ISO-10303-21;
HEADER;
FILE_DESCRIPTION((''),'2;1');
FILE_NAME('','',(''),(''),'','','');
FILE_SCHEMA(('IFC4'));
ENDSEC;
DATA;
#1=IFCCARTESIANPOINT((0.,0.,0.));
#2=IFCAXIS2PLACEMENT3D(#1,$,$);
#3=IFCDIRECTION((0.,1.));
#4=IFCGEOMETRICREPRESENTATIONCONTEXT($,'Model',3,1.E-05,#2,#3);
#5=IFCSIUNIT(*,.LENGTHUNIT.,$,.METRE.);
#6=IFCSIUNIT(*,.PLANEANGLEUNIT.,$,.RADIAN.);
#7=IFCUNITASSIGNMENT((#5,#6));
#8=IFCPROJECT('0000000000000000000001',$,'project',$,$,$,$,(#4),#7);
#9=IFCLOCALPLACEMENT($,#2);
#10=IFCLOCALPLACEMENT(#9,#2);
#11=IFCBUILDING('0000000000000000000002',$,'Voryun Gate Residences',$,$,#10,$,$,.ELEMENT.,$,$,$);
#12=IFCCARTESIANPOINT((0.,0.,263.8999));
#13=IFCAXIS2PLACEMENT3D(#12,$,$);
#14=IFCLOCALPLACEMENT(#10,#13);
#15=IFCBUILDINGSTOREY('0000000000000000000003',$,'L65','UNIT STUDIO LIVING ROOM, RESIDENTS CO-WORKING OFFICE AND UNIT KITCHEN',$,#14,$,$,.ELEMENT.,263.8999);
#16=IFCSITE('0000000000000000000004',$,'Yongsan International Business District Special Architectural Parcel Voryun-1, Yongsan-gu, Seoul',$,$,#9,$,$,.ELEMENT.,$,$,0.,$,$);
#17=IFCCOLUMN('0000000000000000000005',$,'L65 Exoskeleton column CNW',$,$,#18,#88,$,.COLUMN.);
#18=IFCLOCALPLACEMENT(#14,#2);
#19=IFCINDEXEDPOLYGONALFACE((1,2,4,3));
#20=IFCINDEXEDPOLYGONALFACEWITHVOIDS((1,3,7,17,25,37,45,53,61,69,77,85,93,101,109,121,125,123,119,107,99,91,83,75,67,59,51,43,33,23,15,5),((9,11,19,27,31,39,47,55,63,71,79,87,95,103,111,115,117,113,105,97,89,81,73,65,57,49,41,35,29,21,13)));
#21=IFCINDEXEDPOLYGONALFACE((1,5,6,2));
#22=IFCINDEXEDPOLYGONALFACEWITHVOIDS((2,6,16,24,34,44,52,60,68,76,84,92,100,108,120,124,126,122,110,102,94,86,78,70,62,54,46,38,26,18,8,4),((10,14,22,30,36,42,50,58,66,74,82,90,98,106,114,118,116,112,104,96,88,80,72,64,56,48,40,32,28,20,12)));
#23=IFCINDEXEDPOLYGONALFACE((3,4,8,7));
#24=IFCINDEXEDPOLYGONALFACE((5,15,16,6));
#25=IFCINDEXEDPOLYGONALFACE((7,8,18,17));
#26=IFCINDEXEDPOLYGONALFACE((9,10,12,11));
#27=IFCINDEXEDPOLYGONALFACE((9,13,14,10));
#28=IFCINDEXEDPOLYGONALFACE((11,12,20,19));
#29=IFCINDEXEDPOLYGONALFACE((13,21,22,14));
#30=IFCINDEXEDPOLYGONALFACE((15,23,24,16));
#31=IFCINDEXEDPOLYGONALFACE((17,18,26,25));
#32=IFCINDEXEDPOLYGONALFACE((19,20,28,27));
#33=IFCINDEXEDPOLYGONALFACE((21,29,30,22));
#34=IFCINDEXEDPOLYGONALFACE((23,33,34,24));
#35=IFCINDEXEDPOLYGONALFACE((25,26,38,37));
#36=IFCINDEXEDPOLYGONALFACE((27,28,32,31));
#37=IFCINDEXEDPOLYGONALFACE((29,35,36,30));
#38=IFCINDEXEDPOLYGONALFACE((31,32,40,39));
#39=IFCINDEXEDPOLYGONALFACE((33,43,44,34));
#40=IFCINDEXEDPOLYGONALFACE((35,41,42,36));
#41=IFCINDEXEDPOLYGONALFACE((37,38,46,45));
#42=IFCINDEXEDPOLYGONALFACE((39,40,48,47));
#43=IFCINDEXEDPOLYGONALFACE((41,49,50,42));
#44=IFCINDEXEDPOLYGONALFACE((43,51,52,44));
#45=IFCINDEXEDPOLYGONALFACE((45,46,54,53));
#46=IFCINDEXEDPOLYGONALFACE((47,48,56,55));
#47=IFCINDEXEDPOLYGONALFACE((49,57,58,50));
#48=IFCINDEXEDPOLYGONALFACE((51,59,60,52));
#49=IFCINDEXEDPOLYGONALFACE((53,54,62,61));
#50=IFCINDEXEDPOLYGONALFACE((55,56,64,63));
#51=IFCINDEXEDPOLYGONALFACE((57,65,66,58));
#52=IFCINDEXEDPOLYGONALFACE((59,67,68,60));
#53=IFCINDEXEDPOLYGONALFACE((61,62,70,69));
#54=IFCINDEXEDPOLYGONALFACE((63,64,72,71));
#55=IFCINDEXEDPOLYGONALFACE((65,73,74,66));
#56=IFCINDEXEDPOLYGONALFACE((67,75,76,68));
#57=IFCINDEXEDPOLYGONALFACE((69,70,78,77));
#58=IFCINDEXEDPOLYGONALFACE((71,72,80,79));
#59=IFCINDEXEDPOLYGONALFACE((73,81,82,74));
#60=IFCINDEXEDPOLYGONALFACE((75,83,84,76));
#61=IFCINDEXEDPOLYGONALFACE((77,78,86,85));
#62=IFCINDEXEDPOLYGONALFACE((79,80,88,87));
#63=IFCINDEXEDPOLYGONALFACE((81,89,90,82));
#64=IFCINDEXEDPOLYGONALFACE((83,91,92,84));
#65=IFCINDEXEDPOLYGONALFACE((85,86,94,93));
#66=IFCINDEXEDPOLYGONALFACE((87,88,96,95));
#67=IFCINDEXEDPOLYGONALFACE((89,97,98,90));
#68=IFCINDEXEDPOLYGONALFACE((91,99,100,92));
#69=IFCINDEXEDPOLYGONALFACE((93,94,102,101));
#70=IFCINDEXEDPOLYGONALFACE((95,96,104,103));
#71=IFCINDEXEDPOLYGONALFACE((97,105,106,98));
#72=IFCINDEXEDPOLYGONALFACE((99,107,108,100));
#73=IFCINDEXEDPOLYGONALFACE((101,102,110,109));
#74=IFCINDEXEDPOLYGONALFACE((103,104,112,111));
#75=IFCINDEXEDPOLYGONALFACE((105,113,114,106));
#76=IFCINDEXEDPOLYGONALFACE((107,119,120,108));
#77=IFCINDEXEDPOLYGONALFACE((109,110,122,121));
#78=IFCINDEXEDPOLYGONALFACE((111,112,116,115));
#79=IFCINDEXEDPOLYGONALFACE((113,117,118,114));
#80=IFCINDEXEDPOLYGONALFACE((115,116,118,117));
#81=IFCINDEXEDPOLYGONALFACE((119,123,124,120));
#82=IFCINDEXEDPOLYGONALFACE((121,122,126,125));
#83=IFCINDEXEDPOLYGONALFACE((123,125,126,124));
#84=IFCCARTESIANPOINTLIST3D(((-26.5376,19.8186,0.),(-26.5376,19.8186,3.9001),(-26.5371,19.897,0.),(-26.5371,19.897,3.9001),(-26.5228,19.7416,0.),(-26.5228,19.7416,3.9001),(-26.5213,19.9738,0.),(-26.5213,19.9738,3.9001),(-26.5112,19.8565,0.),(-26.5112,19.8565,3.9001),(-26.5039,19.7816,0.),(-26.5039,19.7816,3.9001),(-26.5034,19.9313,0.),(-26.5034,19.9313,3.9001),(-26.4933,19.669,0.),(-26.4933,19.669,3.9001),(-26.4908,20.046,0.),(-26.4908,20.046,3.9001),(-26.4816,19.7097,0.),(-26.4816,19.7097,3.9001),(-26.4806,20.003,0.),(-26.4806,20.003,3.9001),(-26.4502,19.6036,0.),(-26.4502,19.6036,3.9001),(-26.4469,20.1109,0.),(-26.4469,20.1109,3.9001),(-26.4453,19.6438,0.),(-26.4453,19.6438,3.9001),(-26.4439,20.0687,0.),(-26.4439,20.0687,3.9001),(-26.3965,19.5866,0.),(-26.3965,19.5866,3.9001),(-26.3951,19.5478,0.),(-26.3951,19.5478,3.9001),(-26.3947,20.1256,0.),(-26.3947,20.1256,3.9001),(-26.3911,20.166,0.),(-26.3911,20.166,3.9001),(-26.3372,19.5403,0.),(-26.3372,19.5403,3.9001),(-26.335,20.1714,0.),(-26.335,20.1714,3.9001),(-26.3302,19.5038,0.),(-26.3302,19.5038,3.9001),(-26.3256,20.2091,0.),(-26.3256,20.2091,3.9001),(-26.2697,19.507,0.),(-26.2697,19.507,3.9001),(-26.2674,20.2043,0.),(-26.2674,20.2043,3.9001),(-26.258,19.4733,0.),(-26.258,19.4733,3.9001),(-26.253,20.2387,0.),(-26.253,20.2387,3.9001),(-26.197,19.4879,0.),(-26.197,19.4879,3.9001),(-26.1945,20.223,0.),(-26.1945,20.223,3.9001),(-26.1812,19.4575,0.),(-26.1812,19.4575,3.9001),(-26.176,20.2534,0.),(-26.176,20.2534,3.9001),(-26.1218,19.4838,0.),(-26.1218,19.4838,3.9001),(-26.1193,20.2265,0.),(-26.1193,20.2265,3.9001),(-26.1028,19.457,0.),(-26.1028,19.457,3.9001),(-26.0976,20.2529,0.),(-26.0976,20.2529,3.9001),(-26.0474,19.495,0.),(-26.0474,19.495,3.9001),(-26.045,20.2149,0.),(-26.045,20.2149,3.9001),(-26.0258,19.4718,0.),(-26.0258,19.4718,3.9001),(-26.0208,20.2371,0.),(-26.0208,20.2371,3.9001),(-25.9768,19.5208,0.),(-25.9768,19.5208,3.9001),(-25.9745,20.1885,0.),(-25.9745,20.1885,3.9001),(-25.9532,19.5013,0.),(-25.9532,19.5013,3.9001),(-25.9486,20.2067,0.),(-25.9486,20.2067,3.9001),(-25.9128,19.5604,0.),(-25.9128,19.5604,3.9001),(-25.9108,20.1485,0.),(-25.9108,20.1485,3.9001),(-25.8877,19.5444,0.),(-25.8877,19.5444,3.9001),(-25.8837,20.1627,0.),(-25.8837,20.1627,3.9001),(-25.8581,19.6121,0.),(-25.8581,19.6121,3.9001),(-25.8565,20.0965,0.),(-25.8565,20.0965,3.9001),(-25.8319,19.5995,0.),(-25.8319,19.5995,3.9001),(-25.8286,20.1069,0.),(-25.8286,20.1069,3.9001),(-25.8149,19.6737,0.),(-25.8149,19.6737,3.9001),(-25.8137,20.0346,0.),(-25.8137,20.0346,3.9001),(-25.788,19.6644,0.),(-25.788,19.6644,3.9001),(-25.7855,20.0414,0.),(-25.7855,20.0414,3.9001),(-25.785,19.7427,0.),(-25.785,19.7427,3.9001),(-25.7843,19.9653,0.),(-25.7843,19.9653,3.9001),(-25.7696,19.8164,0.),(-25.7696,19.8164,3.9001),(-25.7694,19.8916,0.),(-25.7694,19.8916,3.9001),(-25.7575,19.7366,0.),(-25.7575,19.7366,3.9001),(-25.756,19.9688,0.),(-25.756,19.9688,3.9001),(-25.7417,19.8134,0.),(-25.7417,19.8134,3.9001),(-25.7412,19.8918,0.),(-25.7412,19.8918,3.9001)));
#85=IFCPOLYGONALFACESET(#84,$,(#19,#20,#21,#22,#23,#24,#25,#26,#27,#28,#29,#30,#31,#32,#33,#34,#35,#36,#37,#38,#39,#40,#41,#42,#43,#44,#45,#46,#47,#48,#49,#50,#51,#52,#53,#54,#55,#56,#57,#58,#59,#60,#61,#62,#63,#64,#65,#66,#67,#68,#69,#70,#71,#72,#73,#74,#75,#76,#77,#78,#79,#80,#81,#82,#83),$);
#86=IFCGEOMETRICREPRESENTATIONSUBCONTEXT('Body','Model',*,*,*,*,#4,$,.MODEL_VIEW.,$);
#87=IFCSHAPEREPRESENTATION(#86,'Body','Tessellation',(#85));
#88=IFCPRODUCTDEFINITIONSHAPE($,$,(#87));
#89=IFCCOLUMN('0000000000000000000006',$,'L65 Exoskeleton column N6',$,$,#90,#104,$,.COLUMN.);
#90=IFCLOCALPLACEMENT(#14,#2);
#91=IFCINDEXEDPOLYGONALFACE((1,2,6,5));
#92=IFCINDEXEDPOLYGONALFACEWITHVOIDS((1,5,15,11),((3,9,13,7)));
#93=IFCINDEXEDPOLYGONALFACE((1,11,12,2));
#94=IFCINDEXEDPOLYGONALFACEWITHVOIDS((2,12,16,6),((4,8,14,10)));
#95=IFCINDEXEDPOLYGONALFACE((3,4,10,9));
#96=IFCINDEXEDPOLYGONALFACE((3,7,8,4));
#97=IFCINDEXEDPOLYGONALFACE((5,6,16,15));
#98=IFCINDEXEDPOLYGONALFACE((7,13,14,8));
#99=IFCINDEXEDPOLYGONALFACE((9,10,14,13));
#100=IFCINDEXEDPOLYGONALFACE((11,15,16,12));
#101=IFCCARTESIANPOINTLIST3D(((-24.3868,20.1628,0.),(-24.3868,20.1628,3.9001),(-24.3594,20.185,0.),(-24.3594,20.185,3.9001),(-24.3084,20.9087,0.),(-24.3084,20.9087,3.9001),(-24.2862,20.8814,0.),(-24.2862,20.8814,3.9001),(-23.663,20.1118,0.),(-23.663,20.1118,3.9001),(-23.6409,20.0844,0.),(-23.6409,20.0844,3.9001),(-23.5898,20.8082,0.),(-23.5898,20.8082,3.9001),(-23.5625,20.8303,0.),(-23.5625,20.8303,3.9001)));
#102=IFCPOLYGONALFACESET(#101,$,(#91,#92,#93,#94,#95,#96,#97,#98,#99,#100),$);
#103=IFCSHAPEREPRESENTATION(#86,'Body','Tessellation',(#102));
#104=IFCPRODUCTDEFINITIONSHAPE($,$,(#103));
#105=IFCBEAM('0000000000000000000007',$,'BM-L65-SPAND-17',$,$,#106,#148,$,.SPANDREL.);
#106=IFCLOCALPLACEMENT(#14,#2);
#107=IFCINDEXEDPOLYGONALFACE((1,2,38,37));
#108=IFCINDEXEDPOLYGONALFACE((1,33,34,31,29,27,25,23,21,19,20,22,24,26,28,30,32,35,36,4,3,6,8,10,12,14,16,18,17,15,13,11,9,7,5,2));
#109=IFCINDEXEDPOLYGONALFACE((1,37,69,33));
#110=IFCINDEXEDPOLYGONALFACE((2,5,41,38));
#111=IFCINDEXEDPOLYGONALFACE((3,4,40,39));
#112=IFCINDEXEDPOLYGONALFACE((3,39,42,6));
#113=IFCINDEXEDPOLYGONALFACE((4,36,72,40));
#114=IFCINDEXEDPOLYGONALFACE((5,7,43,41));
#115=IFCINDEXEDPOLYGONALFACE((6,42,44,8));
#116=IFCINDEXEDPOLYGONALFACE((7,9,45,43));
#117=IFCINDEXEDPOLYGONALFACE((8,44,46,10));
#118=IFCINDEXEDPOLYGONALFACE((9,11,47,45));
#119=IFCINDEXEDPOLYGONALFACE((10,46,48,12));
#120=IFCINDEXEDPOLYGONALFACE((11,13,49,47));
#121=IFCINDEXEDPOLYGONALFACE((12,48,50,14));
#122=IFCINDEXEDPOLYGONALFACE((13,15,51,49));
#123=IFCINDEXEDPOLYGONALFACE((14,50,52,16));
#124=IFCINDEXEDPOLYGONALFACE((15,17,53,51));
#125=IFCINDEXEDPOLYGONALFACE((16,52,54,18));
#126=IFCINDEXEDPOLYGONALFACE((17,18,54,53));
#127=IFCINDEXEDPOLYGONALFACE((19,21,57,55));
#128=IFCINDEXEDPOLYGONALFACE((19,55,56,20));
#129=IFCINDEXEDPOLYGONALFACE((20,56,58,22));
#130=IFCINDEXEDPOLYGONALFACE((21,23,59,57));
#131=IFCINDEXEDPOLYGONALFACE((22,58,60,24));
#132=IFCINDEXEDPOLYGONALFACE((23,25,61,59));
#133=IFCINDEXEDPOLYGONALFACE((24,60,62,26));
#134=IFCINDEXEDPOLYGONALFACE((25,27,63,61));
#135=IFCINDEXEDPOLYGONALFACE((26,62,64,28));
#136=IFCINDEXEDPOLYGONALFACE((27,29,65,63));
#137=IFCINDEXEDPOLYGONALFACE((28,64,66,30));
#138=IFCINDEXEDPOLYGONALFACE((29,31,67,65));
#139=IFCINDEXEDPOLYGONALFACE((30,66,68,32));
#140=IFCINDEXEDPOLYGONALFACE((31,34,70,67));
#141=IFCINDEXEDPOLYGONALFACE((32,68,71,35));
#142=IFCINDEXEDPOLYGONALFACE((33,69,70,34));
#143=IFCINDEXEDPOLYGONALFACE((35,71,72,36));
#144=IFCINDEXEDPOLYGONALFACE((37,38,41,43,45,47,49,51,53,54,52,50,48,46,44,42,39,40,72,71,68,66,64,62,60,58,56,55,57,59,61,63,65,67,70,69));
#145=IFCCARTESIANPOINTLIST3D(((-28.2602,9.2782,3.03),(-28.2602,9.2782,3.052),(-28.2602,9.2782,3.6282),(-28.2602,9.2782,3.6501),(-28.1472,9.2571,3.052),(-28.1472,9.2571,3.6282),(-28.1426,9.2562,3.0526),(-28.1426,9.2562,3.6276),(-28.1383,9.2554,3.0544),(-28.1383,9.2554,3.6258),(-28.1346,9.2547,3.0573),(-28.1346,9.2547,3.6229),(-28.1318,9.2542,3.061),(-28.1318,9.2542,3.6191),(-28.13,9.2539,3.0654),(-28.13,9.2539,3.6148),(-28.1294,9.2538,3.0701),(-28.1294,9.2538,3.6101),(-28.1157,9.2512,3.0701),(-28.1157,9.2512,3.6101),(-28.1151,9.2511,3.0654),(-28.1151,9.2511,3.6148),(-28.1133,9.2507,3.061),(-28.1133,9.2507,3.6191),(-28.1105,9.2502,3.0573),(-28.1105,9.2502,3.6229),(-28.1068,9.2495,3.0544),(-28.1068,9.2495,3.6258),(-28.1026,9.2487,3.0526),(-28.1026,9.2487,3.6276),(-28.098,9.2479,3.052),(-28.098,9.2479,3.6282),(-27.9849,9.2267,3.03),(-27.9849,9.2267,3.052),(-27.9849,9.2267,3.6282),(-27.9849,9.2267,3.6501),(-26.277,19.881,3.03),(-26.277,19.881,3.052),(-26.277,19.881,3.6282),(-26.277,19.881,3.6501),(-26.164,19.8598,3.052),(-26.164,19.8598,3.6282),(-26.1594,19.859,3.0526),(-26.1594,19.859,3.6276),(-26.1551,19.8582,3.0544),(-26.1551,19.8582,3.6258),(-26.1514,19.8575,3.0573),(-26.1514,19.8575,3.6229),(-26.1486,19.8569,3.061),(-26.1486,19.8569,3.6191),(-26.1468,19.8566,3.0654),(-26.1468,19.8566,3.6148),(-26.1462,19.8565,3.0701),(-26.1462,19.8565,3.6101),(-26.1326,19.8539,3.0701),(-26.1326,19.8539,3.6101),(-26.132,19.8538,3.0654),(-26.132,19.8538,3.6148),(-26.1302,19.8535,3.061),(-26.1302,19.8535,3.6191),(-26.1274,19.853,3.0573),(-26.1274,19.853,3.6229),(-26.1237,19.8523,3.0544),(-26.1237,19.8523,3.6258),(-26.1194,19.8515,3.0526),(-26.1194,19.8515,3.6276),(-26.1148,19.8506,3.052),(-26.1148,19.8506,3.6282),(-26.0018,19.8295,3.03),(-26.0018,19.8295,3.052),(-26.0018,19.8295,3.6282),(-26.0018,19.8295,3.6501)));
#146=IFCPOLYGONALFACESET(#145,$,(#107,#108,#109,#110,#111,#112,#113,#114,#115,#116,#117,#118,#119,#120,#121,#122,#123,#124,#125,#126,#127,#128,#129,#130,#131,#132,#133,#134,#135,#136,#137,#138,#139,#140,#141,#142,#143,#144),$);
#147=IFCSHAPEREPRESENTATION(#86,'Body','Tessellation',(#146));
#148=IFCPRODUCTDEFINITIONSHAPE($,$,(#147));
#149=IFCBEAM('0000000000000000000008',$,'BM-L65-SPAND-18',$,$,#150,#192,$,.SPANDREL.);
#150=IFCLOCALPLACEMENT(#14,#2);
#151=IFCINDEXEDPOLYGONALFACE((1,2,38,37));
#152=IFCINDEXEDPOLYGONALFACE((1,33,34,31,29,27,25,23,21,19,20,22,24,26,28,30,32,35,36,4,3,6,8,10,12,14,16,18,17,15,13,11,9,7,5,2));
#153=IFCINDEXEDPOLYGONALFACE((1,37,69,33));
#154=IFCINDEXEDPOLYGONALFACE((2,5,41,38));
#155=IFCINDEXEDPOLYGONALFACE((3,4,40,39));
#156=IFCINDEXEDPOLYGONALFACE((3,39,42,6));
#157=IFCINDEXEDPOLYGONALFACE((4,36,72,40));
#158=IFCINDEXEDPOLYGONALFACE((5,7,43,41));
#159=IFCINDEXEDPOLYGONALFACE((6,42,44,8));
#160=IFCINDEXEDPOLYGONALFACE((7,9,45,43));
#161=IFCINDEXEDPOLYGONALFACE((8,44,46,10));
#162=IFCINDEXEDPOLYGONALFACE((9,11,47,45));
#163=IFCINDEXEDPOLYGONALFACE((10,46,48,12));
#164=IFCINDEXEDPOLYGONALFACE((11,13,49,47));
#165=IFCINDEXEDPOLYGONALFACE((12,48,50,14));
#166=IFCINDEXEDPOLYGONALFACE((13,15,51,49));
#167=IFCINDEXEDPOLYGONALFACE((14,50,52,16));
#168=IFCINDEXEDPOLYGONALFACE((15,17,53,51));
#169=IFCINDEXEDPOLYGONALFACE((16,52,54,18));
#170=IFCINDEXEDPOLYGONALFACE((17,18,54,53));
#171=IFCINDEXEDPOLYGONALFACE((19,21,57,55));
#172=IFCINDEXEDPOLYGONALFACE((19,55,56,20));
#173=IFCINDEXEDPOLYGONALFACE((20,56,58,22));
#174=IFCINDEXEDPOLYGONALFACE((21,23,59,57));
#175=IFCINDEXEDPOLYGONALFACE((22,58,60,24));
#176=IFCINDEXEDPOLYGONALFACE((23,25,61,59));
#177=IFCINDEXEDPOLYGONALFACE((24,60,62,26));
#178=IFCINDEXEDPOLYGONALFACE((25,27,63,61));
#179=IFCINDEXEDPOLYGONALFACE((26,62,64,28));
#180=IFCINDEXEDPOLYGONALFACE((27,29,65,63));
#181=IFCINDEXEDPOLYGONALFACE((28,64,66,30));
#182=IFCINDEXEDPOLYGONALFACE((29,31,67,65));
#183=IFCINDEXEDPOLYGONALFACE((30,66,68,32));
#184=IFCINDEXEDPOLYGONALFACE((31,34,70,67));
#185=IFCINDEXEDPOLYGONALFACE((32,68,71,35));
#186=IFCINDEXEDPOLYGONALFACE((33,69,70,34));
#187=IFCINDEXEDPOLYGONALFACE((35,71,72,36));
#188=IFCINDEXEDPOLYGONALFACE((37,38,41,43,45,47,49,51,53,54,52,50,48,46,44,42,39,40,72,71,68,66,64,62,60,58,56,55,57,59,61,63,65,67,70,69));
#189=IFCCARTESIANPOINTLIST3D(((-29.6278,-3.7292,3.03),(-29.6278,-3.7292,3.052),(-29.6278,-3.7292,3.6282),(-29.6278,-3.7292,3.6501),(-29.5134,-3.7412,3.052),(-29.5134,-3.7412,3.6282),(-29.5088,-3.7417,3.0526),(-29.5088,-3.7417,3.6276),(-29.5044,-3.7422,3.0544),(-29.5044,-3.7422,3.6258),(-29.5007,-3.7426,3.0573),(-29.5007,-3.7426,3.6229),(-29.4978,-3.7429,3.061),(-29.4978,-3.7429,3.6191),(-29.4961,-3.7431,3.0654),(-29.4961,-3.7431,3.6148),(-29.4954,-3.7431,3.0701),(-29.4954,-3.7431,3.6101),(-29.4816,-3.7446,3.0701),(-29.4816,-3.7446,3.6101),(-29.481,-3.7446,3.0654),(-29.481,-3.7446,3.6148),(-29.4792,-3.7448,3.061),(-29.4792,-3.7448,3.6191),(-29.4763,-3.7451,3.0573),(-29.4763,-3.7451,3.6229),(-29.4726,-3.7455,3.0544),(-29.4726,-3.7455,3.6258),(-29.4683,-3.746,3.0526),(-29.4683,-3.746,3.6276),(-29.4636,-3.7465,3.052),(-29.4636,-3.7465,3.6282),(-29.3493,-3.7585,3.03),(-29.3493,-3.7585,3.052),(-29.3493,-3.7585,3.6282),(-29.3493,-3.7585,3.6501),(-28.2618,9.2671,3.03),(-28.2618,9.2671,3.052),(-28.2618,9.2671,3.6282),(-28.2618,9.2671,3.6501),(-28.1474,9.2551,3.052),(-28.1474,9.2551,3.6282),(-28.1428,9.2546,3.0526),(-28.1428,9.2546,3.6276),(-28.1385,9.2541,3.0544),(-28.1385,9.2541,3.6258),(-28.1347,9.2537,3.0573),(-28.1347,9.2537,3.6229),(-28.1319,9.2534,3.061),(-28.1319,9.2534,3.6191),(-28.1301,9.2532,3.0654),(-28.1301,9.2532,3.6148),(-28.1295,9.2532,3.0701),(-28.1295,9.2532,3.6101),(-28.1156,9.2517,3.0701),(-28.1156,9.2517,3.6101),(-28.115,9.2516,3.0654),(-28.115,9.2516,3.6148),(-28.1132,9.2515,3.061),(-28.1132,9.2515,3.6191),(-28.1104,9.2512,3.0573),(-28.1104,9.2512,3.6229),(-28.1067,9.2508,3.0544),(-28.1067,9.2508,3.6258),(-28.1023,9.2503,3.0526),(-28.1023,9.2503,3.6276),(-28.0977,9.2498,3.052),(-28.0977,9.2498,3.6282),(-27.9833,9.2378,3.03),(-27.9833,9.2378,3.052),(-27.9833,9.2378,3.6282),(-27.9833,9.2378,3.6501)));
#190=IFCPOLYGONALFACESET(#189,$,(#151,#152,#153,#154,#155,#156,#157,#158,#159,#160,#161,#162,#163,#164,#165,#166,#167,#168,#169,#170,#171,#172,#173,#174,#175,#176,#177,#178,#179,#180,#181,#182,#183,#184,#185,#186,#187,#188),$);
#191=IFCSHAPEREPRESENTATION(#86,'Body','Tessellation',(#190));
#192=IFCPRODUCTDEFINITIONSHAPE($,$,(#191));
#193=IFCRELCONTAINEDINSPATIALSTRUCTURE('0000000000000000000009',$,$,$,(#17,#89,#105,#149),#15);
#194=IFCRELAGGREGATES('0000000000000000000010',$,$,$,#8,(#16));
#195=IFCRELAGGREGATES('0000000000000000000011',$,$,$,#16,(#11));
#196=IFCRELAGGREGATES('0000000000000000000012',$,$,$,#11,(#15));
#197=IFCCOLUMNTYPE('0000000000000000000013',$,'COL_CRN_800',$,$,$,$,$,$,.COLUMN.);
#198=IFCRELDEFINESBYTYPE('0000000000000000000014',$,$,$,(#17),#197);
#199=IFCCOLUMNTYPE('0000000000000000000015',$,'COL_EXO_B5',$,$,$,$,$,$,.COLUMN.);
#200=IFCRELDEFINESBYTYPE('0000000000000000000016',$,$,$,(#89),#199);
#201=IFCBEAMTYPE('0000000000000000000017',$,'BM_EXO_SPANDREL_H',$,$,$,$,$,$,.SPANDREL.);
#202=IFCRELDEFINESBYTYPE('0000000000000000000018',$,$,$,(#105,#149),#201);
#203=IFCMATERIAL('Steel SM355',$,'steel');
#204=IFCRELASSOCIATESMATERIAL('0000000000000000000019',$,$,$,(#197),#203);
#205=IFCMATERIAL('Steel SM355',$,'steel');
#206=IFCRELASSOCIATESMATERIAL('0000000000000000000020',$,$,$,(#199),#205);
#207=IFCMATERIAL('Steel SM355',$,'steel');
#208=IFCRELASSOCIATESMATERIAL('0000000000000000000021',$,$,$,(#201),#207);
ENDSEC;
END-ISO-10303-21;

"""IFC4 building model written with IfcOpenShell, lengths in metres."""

from ifc_helpers import new_model, si_unit, direction, frame, origin, origin_2d, place, context, subcontext, project, spatial, hollow_rectangle, hollow_circle, i_section, extrude, material, material_profile, profile_set, type_object, element, save


model = new_model("IFC4")

# Units and contexts
model_context = context("Model", 3, precision=1e-05, world=origin(), true_north=direction((0.0, 1.0)))
body_context = subcontext(model_context, "Body", "Model", "MODEL_VIEW")
ifc_project = project(units=[si_unit("LENGTHUNIT", "METRE"), si_unit("PLANEANGLEUNIT", "RADIAN")], contexts=[model_context])

# Site, building, storey
site_placement = place(None, origin())
site = spatial("IfcSite", under=ifc_project, at=site_placement, Name="Yongsan International Business District Special Architectural Parcel Voryun-1, Yongsan-gu, Seoul", CompositionType="ELEMENT", RefElevation=0.0)
building_placement = place(site_placement, origin())
building = spatial("IfcBuilding", under=site, at=building_placement, Name="Voryun Gate Residences", CompositionType="ELEMENT")
storey_placement = place(building_placement, frame((0.0, 0.0, 263.8999)))
storey = spatial("IfcBuildingStorey", under=building, at=storey_placement, Name="L65", Description="UNIT STUDIO LIVING ROOM, RESIDENTS CO-WORKING OFFICE AND UNIT KITCHEN", CompositionType="ELEMENT", Elevation=263.8999)

# Columns
ifc_material_1 = material(Name="Steel SM355", Category="steel")
ifc_material_profile_1 = material_profile(ifc_material_1, hollow_circle(Radius=0.3999, WallThickness=0.0281, at=origin_2d()), Name="CHS-800x28")
ifc_profile_set_1 = profile_set([ifc_material_profile_1], Name="Steel SM355")
column_type_1 = type_object("IfcColumnType", Name="COL_CRN_800", PredefinedType="COLUMN", material=ifc_profile_set_1)
column_1_placement = place(storey_placement, frame((-26.1394, 19.8552, 0.0), z_axis=(0.0, 0.0, 1.0), x_axis=(0.994522, -0.104528, 0.0)))
element("IfcColumn", 1, at=column_1_placement, inside=storey, type_object=column_type_1, Name="L65 Exoskeleton column CNW", PredefinedType="COLUMN", context=body_context, shape_type="SweptSolid", body=[
    extrude(hollow_circle(Radius=0.3999, WallThickness=0.0281, at=origin_2d()), origin(), (0.0, 0.0, 1.0), 3.9001),
])
ifc_material_2 = material(Name="Steel SM355", Category="steel")
ifc_material_profile_2 = material_profile(ifc_material_2, hollow_rectangle(XDim=0.75, YDim=0.75, WallThickness=0.0249, at=origin_2d()), Name="BOX-750x750x25")
ifc_profile_set_2 = profile_set([ifc_material_profile_2], Name="Steel SM355")
column_type_2 = type_object("IfcColumnType", Name="COL_EXO_B5", PredefinedType="COLUMN", material=ifc_profile_set_2)
column_2_placement = place(storey_placement, frame((-23.9746, 20.4966, 0.0), z_axis=(0.0, 0.0, 1.0), x_axis=(0.994522, -0.104528, 0.0)))
element("IfcColumn", 2, at=column_2_placement, inside=storey, type_object=column_type_2, Name="L65 Exoskeleton column N6", PredefinedType="COLUMN", context=body_context, shape_type="SweptSolid", body=[
    extrude(hollow_rectangle(XDim=0.75, YDim=0.75, WallThickness=0.0249, at=origin_2d()), origin(), (0.0, 0.0, 1.0), 3.9001),
])

# Beams
ifc_material_3 = material(Name="Steel SM355", Category="steel")
ifc_material_profile_3 = material_profile(ifc_material_3, i_section(OverallWidth=0.28, OverallDepth=0.6201, WebThickness=0.0139, FlangeThickness=0.022, FilletRadius=0.0181, at=origin_2d()), Name="H-620x280x14x22")
ifc_profile_set_3 = profile_set([ifc_material_profile_3], Name="Steel SM355")
beam_type = type_object("IfcBeamType", Name="BM_EXO_SPANDREL_H", PredefinedType="SPANDREL", material=ifc_profile_set_3)
beam_1_placement = place(storey_placement, frame((-26.1394, 19.8552, 3.3401), z_axis=(-0.183853, -0.982954, 0.0), x_axis=(0.982954, -0.183853, 0.0)))
element("IfcBeam", 3, at=beam_1_placement, inside=storey, type_object=beam_type, Name="BM-L65-SPAND-17", PredefinedType="SPANDREL", context=body_context, shape_type="SweptSolid", body=[
    extrude(i_section(OverallWidth=0.28, OverallDepth=0.6201, WebThickness=0.0139, FlangeThickness=0.022, FilletRadius=0.0181, at=origin_2d()), origin(), (0.0, 0.0, 1.0), 10.7866),
])
beam_2_placement = place(storey_placement, frame((-28.1226, 9.2524, 3.3401), z_axis=(-0.104528, -0.994522, 0.0), x_axis=(0.994522, -0.104528, 0.0)))
element("IfcBeam", 4, at=beam_2_placement, inside=storey, type_object=beam_type, Name="BM-L65-SPAND-18", PredefinedType="SPANDREL", context=body_context, shape_type="SweptSolid", body=[
    extrude(i_section(OverallWidth=0.28, OverallDepth=0.6201, WebThickness=0.0139, FlangeThickness=0.022, FilletRadius=0.0181, at=origin_2d()), origin(), (0.0, 0.0, 1.0), 13.0679),
])

save(model, "model.ifc")
